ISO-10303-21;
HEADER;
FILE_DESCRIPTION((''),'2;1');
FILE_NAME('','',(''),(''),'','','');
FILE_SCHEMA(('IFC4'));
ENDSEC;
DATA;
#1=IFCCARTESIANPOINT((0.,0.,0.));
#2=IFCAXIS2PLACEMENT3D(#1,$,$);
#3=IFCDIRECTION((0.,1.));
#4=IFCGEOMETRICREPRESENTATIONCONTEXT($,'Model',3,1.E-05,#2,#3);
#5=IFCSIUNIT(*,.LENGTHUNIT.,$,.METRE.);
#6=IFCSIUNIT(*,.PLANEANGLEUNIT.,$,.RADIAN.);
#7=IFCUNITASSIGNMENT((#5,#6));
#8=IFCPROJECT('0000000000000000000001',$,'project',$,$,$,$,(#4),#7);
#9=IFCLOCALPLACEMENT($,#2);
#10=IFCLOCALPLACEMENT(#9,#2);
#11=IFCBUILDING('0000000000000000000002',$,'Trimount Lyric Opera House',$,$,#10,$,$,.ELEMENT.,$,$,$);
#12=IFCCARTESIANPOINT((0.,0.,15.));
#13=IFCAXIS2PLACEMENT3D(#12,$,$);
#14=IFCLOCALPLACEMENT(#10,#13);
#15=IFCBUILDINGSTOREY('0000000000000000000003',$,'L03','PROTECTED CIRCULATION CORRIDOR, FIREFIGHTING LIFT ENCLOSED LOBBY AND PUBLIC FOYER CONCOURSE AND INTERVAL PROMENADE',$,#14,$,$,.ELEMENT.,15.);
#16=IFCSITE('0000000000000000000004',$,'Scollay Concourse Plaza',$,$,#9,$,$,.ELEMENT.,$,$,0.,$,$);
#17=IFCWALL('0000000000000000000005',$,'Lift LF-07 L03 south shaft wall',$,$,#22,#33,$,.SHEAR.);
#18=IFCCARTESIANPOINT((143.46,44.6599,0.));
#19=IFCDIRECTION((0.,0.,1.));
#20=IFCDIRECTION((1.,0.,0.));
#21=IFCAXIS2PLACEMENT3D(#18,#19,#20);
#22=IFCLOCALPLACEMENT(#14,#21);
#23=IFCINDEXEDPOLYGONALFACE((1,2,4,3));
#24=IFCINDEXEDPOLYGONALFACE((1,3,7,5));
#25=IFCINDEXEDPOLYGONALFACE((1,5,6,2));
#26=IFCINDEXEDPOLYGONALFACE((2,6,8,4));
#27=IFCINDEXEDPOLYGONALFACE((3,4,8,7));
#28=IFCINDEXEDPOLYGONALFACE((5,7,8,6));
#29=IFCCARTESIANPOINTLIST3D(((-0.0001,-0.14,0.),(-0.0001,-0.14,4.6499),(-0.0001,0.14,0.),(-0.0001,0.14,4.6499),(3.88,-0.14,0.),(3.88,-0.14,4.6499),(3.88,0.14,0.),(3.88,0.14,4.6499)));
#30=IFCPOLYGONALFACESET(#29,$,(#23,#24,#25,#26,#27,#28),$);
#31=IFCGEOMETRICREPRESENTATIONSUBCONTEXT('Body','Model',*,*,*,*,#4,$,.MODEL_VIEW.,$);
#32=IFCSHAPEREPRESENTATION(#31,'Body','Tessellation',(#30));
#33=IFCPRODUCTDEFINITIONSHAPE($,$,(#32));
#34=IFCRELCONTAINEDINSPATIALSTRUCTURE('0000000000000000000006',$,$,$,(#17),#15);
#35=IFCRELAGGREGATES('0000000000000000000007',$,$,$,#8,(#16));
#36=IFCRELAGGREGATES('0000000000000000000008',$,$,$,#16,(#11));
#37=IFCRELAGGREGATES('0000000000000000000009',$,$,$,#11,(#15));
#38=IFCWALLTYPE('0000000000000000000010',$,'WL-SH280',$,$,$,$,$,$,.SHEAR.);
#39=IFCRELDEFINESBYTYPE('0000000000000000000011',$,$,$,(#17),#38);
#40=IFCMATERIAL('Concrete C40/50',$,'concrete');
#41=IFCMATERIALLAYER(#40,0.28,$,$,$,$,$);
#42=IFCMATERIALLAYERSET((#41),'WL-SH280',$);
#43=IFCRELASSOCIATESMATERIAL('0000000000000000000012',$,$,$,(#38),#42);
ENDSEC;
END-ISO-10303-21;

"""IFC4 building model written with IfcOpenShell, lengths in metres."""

from ifc_helpers import new_model, si_unit, direction, frame, frame_2d, origin, place, context, subcontext, project, spatial, rectangle, extrude, material, layer, layer_set, type_object, element, save


model = new_model("IFC4")

# Units and contexts
model_context = context("Model", 3, precision=1e-05, world=origin(), true_north=direction((0.0, 1.0)))
body_context = subcontext(model_context, "Body", "Model", "MODEL_VIEW")
ifc_project = project(units=[si_unit("LENGTHUNIT", "METRE"), si_unit("PLANEANGLEUNIT", "RADIAN")], contexts=[model_context])

# Site, building, storey
site_placement = place(None, origin())
site = spatial("IfcSite", under=ifc_project, at=site_placement, Name="Scollay Concourse Plaza", CompositionType="ELEMENT", RefElevation=0.0)
building_placement = place(site_placement, origin())
building = spatial("IfcBuilding", under=site, at=building_placement, Name="Trimount Lyric Opera House", CompositionType="ELEMENT")
storey_placement = place(building_placement, frame((0.0, 0.0, 15.0)))
storey = spatial("IfcBuildingStorey", under=building, at=storey_placement, Name="L03", Description="PROTECTED CIRCULATION CORRIDOR, FIREFIGHTING LIFT ENCLOSED LOBBY AND PUBLIC FOYER CONCOURSE AND INTERVAL PROMENADE", CompositionType="ELEMENT", Elevation=15.0)

# Wall
ifc_material_1 = material(Name="Concrete C40/50", Category="concrete")
ifc_layer_1 = layer(ifc_material_1, 0.28)
ifc_layer_set_1 = layer_set([ifc_layer_1], Name="WL-SH280")
wall_type_1 = type_object("IfcWallType", Name="WL-SH280", PredefinedType="SHEAR", material=ifc_layer_set_1)
for number, where, z_axis, x_axis, name in (
    (1, (143.46, 44.6599, 0.0), (0.0, 0.0, 1.0), (1.0, 0.0, 0.0), "Lift LF-07 L03 south shaft wall"),
):
    element("IfcWall", number, at=place(storey_placement, frame(where, z_axis=z_axis, x_axis=x_axis)), inside=storey, type_object=wall_type_1, Name=name, PredefinedType="SHEAR", context=body_context, shape_type="SweptSolid", body=[
        extrude(rectangle(XDim=3.8801, YDim=0.28, at=frame_2d((1.9399, 0.0))), origin(), (0.0, 0.0, 1.0), 4.6499),
    ])

save(model, "model.ifc")
